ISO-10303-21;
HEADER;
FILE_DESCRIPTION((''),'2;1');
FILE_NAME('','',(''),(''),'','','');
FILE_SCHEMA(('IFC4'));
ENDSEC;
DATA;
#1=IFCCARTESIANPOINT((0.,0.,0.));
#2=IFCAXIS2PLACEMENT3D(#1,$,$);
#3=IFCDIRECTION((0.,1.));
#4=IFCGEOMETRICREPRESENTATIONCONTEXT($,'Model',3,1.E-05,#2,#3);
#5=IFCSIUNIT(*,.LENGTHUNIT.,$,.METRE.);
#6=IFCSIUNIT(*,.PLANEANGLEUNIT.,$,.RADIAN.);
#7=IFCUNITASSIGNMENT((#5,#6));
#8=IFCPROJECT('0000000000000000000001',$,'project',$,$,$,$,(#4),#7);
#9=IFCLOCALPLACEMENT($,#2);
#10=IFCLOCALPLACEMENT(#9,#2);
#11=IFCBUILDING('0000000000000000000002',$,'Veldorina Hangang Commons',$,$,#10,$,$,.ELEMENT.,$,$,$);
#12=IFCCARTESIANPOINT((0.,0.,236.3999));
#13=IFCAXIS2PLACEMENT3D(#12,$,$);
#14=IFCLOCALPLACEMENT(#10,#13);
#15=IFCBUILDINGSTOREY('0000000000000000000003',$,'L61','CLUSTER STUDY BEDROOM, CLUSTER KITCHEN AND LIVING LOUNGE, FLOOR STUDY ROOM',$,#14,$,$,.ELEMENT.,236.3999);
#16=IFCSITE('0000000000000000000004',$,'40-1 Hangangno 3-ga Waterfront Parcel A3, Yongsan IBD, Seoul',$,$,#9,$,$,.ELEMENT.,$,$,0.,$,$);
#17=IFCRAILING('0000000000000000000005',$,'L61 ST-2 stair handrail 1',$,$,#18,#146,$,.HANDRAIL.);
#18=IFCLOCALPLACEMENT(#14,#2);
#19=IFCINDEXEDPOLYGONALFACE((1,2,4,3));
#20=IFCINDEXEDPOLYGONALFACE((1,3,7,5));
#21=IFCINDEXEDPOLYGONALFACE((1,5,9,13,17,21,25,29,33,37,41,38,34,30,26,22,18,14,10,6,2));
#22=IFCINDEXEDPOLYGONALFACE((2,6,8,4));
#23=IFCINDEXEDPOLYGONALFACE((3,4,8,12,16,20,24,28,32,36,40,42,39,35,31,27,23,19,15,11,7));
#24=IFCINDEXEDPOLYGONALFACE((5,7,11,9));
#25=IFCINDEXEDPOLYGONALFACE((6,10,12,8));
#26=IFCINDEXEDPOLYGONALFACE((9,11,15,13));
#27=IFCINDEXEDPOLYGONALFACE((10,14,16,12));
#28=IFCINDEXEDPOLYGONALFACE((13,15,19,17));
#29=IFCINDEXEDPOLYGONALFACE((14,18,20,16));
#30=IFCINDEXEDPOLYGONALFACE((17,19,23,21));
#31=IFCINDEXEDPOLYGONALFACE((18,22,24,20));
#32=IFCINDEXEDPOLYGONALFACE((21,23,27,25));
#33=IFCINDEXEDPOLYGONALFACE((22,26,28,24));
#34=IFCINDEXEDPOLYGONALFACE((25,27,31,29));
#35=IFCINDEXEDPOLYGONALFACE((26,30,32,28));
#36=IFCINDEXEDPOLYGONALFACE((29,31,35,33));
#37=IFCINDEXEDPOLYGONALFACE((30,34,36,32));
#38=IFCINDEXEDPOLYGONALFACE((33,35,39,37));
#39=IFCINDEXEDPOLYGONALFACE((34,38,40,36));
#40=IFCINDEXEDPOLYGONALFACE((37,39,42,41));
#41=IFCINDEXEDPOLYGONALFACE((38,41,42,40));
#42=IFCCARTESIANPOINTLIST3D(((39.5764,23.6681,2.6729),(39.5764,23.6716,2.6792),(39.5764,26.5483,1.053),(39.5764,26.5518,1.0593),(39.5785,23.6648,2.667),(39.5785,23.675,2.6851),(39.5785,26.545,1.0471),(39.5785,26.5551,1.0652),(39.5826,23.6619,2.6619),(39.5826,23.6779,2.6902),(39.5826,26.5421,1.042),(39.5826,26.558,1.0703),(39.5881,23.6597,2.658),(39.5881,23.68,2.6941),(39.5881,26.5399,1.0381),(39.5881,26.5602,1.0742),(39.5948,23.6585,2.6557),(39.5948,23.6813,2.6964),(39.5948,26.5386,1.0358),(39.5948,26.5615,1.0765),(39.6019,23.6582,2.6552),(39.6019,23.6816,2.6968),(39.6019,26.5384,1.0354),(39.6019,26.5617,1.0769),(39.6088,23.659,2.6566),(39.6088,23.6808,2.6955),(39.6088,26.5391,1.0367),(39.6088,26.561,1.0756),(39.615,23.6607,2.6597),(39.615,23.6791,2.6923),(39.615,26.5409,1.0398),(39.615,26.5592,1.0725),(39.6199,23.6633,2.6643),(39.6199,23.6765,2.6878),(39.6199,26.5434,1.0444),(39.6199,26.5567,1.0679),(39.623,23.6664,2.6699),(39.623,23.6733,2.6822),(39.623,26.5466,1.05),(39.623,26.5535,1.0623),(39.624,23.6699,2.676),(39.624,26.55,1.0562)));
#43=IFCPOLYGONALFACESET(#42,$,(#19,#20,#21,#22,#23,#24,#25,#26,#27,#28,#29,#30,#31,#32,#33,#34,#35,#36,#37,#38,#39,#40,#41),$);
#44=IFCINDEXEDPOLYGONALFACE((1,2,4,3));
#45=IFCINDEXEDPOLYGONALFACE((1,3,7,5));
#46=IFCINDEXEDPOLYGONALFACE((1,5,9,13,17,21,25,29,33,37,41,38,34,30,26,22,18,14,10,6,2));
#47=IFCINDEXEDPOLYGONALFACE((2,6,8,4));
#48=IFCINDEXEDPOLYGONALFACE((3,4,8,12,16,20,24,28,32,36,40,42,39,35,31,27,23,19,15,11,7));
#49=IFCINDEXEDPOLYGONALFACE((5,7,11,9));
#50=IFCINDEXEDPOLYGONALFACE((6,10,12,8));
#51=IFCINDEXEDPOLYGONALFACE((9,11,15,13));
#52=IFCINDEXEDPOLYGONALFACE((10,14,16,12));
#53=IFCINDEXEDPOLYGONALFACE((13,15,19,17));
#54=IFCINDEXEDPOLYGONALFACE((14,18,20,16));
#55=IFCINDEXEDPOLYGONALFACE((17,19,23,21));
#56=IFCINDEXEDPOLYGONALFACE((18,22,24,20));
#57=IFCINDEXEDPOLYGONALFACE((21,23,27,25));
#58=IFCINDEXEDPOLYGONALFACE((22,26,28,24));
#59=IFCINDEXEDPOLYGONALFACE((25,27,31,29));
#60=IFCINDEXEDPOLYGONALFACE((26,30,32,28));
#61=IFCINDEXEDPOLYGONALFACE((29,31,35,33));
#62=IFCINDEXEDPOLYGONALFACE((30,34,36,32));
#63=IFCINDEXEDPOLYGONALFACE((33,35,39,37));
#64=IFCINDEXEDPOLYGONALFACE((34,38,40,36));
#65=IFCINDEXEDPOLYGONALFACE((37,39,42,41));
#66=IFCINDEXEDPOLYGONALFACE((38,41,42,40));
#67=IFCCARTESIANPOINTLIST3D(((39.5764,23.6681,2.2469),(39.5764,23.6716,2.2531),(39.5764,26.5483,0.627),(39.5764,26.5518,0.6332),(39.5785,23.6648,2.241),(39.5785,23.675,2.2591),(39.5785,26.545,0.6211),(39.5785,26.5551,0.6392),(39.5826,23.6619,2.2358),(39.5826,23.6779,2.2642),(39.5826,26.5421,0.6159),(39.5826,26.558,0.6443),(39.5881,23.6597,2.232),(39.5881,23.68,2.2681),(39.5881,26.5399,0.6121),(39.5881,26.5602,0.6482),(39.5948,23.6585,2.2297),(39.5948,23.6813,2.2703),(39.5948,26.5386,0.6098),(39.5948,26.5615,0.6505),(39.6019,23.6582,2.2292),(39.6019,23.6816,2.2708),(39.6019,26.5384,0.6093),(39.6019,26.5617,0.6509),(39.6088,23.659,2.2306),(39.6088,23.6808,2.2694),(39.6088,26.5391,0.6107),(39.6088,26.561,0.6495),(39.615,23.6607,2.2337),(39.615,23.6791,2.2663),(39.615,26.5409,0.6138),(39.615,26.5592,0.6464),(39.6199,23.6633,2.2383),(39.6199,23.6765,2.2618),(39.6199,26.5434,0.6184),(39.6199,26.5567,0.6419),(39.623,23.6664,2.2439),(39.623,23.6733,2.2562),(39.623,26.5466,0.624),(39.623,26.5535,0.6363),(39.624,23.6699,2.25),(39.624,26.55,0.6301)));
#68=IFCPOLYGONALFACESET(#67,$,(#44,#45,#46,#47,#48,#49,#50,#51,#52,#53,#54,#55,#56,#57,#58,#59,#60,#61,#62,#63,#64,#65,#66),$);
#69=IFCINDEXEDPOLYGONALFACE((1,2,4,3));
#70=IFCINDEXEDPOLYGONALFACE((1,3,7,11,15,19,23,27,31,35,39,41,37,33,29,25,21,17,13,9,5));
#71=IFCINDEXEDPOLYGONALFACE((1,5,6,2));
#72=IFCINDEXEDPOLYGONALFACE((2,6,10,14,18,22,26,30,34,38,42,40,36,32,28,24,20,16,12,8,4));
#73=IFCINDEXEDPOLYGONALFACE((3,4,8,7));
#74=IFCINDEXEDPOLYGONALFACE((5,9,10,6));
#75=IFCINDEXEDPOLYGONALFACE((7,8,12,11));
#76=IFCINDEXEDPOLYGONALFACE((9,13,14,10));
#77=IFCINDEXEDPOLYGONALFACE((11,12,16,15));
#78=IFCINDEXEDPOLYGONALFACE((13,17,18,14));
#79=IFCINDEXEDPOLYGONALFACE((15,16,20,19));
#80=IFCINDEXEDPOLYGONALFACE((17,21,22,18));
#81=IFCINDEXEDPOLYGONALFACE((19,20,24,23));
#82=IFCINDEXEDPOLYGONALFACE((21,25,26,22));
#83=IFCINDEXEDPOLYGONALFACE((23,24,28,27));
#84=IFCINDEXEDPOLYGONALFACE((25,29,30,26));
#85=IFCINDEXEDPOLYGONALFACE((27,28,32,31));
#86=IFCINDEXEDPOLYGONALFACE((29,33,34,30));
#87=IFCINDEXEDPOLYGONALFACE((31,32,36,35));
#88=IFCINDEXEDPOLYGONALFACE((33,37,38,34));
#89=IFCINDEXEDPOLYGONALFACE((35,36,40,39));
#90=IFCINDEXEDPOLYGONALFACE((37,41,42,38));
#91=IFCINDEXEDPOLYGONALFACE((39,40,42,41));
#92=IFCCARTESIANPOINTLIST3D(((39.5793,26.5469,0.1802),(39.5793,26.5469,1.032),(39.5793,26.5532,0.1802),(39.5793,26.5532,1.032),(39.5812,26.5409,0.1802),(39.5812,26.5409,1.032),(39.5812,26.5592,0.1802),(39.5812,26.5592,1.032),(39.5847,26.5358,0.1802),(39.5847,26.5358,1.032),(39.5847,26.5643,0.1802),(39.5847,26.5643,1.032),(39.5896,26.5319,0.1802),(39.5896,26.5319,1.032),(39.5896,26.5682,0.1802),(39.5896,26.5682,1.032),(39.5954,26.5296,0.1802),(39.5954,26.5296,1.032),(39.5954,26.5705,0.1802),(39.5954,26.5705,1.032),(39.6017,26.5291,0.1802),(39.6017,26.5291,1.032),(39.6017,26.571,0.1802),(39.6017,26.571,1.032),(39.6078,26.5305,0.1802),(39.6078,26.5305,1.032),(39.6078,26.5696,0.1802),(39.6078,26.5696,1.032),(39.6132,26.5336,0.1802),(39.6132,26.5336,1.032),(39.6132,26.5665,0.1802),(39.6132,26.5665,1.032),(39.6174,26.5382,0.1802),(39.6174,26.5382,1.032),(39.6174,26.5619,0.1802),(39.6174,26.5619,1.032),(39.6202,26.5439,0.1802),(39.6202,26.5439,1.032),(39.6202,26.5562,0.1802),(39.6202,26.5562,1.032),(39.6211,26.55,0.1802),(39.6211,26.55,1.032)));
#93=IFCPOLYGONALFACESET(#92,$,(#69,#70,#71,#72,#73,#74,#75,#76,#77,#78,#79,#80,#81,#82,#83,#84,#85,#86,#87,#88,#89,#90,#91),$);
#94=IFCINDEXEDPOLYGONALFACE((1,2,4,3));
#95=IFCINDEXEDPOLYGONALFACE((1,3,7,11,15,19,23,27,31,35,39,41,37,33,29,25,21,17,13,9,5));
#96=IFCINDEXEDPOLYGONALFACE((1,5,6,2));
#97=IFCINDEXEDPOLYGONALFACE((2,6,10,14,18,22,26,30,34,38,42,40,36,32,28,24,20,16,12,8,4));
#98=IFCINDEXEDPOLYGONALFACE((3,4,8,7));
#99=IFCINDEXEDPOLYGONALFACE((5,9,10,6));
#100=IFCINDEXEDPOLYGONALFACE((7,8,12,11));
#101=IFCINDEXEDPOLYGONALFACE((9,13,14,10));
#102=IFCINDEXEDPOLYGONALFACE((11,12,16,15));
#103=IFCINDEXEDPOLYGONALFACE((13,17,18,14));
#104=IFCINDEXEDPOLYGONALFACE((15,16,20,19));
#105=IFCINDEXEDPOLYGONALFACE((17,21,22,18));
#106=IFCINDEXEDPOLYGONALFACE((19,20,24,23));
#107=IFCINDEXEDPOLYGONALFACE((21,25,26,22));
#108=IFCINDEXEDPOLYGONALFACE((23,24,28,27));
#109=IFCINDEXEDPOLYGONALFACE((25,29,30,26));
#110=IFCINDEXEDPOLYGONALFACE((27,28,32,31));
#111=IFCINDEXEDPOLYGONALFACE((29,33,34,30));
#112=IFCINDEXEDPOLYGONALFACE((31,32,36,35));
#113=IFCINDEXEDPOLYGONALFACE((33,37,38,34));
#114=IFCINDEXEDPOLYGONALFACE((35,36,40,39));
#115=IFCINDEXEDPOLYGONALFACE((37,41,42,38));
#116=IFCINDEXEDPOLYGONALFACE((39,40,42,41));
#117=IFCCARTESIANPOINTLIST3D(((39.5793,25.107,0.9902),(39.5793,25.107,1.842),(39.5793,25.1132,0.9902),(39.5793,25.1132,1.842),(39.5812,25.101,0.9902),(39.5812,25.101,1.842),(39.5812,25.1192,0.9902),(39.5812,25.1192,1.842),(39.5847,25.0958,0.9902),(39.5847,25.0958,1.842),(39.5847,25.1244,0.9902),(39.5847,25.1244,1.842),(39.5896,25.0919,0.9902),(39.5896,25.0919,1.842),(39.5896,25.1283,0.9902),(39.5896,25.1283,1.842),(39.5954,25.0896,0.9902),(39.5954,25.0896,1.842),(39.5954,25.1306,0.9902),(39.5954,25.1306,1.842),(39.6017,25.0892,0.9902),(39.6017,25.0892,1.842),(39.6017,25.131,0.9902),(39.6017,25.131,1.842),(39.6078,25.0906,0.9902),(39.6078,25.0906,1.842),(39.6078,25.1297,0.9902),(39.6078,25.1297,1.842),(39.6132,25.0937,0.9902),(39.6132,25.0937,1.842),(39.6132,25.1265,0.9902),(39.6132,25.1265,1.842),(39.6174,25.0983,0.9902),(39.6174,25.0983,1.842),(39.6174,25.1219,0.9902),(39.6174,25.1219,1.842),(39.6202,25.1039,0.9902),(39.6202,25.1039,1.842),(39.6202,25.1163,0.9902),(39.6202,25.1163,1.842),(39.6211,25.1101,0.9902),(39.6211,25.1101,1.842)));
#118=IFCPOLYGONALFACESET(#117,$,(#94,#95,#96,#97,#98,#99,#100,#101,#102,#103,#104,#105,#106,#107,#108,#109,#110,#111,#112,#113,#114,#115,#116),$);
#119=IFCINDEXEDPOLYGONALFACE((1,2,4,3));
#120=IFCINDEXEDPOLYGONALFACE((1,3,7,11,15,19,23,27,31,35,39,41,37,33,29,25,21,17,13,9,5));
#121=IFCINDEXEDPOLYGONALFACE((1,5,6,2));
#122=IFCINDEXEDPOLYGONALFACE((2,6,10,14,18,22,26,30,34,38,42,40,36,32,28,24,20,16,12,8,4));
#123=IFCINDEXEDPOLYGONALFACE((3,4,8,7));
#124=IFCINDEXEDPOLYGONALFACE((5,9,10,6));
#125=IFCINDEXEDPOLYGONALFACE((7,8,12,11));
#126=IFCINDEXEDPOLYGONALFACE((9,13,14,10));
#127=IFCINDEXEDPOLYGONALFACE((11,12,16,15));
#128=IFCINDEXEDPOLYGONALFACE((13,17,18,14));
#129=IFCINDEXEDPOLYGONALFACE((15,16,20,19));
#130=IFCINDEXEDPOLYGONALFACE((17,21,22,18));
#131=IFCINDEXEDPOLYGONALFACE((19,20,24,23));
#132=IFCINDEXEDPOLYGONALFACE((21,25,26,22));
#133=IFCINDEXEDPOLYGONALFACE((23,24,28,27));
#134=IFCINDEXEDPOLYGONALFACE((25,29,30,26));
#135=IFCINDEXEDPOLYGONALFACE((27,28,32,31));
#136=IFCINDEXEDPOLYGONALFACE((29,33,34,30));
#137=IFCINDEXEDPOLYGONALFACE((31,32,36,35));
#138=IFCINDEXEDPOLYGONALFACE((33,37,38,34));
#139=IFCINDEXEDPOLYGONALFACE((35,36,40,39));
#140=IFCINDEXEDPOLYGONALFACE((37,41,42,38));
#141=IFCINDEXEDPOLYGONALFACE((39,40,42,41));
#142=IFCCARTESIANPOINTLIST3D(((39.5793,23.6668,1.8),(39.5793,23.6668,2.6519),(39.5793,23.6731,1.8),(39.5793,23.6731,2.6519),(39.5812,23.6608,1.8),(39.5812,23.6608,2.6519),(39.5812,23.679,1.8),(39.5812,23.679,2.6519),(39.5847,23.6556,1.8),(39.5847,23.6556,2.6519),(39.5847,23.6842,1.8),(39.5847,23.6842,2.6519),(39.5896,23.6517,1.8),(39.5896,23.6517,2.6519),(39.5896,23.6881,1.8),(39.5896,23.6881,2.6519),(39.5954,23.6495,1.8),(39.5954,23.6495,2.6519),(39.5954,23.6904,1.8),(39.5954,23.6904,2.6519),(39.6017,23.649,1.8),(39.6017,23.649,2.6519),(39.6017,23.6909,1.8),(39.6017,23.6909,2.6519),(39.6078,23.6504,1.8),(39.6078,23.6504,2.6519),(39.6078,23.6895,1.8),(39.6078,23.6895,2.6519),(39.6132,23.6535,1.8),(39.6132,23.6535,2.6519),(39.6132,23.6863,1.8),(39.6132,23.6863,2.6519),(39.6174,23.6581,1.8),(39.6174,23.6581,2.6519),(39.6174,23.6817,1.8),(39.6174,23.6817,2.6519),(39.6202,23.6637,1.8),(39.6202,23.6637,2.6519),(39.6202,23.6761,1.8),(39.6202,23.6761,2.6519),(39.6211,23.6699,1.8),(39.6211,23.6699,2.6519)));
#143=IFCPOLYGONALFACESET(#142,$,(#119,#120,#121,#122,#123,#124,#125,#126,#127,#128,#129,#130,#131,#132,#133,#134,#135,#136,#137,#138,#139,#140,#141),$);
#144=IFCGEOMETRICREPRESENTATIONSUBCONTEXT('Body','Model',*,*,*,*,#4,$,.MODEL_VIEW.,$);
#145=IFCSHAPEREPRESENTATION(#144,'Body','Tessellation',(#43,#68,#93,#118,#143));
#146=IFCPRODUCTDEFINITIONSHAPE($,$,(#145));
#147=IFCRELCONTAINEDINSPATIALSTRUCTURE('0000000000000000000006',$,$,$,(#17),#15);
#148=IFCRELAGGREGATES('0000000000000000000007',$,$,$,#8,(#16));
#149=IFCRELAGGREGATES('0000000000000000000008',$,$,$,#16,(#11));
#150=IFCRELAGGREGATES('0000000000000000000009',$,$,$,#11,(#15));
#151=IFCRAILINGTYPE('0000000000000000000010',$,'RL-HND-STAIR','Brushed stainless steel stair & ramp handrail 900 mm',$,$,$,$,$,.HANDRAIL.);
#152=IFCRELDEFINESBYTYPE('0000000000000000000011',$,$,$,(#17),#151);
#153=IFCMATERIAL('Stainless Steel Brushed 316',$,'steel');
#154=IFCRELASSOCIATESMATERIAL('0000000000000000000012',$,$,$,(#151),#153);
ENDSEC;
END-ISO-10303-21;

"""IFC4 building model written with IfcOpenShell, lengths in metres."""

from ifc_helpers import new_model, si_unit, direction, frame, origin, origin_2d, place, context, subcontext, project, spatial, circle, extrude, material, type_object, element, save


model = new_model("IFC4")

# Units and contexts
model_context = context("Model", 3, precision=1e-05, world=origin(), true_north=direction((0.0, 1.0)))
body_context = subcontext(model_context, "Body", "Model", "MODEL_VIEW")
ifc_project = project(units=[si_unit("LENGTHUNIT", "METRE"), si_unit("PLANEANGLEUNIT", "RADIAN")], contexts=[model_context])

# Site, building, storey
site_placement = place(None, origin())
site = spatial("IfcSite", under=ifc_project, at=site_placement, Name="40-1 Hangangno 3-ga Waterfront Parcel A3, Yongsan IBD, Seoul", CompositionType="ELEMENT", RefElevation=0.0)
building_placement = place(site_placement, origin())
building = spatial("IfcBuilding", under=site, at=building_placement, Name="Veldorina Hangang Commons", CompositionType="ELEMENT")
storey_placement = place(building_placement, frame((0.0, 0.0, 236.3999)))
storey = spatial("IfcBuildingStorey", under=building, at=storey_placement, Name="L61", Description="CLUSTER STUDY BEDROOM, CLUSTER KITCHEN AND LIVING LOUNGE, FLOOR STUDY ROOM", CompositionType="ELEMENT", Elevation=236.3999)

# Railing
ifc_material_1 = material(Name="Stainless Steel Brushed 316", Category="steel")
railing_type_1 = type_object("IfcRailingType", Name="RL-HND-STAIR", Description="Brushed stainless steel stair & ramp handrail 900 mm", PredefinedType="HANDRAIL", material=ifc_material_1)
railing_1_placement = place(storey_placement, frame((39.6001, 26.55, 0.1802)))
element("IfcRailing", 1, at=railing_1_placement, inside=storey, type_object=railing_type_1, Name="L61 ST-2 stair handrail 1", PredefinedType="HANDRAIL", context=body_context, shape_type="SweptSolid", body=[
    extrude(circle(Radius=0.0239, at=origin_2d()), frame((0.0, 0.0, 0.876), z_axis=(0.0, -0.871601, 0.490216), x_axis=(1.0, 0.0, 0.0)), (0.0, 0.0, 1.0), 3.3044),
    extrude(circle(Radius=0.0239, at=origin_2d()), frame((0.0, 0.0, 0.45), z_axis=(0.0, -0.871601, 0.490216), x_axis=(1.0, 0.0, 0.0)), (0.0, 0.0, 1.0), 3.3044),
    extrude(circle(Radius=0.021, at=origin_2d()), origin(), (0.0, 0.0, 1.0), 0.8518),
    extrude(circle(Radius=0.021, at=origin_2d()), frame((0.0, -1.4399, 0.8101)), (0.0, 0.0, 1.0), 0.8518),
    extrude(circle(Radius=0.021, at=origin_2d()), frame((0.0, -2.8801, 1.6199)), (0.0, 0.0, 1.0), 0.8518),
])

save(model, "model.ifc")
